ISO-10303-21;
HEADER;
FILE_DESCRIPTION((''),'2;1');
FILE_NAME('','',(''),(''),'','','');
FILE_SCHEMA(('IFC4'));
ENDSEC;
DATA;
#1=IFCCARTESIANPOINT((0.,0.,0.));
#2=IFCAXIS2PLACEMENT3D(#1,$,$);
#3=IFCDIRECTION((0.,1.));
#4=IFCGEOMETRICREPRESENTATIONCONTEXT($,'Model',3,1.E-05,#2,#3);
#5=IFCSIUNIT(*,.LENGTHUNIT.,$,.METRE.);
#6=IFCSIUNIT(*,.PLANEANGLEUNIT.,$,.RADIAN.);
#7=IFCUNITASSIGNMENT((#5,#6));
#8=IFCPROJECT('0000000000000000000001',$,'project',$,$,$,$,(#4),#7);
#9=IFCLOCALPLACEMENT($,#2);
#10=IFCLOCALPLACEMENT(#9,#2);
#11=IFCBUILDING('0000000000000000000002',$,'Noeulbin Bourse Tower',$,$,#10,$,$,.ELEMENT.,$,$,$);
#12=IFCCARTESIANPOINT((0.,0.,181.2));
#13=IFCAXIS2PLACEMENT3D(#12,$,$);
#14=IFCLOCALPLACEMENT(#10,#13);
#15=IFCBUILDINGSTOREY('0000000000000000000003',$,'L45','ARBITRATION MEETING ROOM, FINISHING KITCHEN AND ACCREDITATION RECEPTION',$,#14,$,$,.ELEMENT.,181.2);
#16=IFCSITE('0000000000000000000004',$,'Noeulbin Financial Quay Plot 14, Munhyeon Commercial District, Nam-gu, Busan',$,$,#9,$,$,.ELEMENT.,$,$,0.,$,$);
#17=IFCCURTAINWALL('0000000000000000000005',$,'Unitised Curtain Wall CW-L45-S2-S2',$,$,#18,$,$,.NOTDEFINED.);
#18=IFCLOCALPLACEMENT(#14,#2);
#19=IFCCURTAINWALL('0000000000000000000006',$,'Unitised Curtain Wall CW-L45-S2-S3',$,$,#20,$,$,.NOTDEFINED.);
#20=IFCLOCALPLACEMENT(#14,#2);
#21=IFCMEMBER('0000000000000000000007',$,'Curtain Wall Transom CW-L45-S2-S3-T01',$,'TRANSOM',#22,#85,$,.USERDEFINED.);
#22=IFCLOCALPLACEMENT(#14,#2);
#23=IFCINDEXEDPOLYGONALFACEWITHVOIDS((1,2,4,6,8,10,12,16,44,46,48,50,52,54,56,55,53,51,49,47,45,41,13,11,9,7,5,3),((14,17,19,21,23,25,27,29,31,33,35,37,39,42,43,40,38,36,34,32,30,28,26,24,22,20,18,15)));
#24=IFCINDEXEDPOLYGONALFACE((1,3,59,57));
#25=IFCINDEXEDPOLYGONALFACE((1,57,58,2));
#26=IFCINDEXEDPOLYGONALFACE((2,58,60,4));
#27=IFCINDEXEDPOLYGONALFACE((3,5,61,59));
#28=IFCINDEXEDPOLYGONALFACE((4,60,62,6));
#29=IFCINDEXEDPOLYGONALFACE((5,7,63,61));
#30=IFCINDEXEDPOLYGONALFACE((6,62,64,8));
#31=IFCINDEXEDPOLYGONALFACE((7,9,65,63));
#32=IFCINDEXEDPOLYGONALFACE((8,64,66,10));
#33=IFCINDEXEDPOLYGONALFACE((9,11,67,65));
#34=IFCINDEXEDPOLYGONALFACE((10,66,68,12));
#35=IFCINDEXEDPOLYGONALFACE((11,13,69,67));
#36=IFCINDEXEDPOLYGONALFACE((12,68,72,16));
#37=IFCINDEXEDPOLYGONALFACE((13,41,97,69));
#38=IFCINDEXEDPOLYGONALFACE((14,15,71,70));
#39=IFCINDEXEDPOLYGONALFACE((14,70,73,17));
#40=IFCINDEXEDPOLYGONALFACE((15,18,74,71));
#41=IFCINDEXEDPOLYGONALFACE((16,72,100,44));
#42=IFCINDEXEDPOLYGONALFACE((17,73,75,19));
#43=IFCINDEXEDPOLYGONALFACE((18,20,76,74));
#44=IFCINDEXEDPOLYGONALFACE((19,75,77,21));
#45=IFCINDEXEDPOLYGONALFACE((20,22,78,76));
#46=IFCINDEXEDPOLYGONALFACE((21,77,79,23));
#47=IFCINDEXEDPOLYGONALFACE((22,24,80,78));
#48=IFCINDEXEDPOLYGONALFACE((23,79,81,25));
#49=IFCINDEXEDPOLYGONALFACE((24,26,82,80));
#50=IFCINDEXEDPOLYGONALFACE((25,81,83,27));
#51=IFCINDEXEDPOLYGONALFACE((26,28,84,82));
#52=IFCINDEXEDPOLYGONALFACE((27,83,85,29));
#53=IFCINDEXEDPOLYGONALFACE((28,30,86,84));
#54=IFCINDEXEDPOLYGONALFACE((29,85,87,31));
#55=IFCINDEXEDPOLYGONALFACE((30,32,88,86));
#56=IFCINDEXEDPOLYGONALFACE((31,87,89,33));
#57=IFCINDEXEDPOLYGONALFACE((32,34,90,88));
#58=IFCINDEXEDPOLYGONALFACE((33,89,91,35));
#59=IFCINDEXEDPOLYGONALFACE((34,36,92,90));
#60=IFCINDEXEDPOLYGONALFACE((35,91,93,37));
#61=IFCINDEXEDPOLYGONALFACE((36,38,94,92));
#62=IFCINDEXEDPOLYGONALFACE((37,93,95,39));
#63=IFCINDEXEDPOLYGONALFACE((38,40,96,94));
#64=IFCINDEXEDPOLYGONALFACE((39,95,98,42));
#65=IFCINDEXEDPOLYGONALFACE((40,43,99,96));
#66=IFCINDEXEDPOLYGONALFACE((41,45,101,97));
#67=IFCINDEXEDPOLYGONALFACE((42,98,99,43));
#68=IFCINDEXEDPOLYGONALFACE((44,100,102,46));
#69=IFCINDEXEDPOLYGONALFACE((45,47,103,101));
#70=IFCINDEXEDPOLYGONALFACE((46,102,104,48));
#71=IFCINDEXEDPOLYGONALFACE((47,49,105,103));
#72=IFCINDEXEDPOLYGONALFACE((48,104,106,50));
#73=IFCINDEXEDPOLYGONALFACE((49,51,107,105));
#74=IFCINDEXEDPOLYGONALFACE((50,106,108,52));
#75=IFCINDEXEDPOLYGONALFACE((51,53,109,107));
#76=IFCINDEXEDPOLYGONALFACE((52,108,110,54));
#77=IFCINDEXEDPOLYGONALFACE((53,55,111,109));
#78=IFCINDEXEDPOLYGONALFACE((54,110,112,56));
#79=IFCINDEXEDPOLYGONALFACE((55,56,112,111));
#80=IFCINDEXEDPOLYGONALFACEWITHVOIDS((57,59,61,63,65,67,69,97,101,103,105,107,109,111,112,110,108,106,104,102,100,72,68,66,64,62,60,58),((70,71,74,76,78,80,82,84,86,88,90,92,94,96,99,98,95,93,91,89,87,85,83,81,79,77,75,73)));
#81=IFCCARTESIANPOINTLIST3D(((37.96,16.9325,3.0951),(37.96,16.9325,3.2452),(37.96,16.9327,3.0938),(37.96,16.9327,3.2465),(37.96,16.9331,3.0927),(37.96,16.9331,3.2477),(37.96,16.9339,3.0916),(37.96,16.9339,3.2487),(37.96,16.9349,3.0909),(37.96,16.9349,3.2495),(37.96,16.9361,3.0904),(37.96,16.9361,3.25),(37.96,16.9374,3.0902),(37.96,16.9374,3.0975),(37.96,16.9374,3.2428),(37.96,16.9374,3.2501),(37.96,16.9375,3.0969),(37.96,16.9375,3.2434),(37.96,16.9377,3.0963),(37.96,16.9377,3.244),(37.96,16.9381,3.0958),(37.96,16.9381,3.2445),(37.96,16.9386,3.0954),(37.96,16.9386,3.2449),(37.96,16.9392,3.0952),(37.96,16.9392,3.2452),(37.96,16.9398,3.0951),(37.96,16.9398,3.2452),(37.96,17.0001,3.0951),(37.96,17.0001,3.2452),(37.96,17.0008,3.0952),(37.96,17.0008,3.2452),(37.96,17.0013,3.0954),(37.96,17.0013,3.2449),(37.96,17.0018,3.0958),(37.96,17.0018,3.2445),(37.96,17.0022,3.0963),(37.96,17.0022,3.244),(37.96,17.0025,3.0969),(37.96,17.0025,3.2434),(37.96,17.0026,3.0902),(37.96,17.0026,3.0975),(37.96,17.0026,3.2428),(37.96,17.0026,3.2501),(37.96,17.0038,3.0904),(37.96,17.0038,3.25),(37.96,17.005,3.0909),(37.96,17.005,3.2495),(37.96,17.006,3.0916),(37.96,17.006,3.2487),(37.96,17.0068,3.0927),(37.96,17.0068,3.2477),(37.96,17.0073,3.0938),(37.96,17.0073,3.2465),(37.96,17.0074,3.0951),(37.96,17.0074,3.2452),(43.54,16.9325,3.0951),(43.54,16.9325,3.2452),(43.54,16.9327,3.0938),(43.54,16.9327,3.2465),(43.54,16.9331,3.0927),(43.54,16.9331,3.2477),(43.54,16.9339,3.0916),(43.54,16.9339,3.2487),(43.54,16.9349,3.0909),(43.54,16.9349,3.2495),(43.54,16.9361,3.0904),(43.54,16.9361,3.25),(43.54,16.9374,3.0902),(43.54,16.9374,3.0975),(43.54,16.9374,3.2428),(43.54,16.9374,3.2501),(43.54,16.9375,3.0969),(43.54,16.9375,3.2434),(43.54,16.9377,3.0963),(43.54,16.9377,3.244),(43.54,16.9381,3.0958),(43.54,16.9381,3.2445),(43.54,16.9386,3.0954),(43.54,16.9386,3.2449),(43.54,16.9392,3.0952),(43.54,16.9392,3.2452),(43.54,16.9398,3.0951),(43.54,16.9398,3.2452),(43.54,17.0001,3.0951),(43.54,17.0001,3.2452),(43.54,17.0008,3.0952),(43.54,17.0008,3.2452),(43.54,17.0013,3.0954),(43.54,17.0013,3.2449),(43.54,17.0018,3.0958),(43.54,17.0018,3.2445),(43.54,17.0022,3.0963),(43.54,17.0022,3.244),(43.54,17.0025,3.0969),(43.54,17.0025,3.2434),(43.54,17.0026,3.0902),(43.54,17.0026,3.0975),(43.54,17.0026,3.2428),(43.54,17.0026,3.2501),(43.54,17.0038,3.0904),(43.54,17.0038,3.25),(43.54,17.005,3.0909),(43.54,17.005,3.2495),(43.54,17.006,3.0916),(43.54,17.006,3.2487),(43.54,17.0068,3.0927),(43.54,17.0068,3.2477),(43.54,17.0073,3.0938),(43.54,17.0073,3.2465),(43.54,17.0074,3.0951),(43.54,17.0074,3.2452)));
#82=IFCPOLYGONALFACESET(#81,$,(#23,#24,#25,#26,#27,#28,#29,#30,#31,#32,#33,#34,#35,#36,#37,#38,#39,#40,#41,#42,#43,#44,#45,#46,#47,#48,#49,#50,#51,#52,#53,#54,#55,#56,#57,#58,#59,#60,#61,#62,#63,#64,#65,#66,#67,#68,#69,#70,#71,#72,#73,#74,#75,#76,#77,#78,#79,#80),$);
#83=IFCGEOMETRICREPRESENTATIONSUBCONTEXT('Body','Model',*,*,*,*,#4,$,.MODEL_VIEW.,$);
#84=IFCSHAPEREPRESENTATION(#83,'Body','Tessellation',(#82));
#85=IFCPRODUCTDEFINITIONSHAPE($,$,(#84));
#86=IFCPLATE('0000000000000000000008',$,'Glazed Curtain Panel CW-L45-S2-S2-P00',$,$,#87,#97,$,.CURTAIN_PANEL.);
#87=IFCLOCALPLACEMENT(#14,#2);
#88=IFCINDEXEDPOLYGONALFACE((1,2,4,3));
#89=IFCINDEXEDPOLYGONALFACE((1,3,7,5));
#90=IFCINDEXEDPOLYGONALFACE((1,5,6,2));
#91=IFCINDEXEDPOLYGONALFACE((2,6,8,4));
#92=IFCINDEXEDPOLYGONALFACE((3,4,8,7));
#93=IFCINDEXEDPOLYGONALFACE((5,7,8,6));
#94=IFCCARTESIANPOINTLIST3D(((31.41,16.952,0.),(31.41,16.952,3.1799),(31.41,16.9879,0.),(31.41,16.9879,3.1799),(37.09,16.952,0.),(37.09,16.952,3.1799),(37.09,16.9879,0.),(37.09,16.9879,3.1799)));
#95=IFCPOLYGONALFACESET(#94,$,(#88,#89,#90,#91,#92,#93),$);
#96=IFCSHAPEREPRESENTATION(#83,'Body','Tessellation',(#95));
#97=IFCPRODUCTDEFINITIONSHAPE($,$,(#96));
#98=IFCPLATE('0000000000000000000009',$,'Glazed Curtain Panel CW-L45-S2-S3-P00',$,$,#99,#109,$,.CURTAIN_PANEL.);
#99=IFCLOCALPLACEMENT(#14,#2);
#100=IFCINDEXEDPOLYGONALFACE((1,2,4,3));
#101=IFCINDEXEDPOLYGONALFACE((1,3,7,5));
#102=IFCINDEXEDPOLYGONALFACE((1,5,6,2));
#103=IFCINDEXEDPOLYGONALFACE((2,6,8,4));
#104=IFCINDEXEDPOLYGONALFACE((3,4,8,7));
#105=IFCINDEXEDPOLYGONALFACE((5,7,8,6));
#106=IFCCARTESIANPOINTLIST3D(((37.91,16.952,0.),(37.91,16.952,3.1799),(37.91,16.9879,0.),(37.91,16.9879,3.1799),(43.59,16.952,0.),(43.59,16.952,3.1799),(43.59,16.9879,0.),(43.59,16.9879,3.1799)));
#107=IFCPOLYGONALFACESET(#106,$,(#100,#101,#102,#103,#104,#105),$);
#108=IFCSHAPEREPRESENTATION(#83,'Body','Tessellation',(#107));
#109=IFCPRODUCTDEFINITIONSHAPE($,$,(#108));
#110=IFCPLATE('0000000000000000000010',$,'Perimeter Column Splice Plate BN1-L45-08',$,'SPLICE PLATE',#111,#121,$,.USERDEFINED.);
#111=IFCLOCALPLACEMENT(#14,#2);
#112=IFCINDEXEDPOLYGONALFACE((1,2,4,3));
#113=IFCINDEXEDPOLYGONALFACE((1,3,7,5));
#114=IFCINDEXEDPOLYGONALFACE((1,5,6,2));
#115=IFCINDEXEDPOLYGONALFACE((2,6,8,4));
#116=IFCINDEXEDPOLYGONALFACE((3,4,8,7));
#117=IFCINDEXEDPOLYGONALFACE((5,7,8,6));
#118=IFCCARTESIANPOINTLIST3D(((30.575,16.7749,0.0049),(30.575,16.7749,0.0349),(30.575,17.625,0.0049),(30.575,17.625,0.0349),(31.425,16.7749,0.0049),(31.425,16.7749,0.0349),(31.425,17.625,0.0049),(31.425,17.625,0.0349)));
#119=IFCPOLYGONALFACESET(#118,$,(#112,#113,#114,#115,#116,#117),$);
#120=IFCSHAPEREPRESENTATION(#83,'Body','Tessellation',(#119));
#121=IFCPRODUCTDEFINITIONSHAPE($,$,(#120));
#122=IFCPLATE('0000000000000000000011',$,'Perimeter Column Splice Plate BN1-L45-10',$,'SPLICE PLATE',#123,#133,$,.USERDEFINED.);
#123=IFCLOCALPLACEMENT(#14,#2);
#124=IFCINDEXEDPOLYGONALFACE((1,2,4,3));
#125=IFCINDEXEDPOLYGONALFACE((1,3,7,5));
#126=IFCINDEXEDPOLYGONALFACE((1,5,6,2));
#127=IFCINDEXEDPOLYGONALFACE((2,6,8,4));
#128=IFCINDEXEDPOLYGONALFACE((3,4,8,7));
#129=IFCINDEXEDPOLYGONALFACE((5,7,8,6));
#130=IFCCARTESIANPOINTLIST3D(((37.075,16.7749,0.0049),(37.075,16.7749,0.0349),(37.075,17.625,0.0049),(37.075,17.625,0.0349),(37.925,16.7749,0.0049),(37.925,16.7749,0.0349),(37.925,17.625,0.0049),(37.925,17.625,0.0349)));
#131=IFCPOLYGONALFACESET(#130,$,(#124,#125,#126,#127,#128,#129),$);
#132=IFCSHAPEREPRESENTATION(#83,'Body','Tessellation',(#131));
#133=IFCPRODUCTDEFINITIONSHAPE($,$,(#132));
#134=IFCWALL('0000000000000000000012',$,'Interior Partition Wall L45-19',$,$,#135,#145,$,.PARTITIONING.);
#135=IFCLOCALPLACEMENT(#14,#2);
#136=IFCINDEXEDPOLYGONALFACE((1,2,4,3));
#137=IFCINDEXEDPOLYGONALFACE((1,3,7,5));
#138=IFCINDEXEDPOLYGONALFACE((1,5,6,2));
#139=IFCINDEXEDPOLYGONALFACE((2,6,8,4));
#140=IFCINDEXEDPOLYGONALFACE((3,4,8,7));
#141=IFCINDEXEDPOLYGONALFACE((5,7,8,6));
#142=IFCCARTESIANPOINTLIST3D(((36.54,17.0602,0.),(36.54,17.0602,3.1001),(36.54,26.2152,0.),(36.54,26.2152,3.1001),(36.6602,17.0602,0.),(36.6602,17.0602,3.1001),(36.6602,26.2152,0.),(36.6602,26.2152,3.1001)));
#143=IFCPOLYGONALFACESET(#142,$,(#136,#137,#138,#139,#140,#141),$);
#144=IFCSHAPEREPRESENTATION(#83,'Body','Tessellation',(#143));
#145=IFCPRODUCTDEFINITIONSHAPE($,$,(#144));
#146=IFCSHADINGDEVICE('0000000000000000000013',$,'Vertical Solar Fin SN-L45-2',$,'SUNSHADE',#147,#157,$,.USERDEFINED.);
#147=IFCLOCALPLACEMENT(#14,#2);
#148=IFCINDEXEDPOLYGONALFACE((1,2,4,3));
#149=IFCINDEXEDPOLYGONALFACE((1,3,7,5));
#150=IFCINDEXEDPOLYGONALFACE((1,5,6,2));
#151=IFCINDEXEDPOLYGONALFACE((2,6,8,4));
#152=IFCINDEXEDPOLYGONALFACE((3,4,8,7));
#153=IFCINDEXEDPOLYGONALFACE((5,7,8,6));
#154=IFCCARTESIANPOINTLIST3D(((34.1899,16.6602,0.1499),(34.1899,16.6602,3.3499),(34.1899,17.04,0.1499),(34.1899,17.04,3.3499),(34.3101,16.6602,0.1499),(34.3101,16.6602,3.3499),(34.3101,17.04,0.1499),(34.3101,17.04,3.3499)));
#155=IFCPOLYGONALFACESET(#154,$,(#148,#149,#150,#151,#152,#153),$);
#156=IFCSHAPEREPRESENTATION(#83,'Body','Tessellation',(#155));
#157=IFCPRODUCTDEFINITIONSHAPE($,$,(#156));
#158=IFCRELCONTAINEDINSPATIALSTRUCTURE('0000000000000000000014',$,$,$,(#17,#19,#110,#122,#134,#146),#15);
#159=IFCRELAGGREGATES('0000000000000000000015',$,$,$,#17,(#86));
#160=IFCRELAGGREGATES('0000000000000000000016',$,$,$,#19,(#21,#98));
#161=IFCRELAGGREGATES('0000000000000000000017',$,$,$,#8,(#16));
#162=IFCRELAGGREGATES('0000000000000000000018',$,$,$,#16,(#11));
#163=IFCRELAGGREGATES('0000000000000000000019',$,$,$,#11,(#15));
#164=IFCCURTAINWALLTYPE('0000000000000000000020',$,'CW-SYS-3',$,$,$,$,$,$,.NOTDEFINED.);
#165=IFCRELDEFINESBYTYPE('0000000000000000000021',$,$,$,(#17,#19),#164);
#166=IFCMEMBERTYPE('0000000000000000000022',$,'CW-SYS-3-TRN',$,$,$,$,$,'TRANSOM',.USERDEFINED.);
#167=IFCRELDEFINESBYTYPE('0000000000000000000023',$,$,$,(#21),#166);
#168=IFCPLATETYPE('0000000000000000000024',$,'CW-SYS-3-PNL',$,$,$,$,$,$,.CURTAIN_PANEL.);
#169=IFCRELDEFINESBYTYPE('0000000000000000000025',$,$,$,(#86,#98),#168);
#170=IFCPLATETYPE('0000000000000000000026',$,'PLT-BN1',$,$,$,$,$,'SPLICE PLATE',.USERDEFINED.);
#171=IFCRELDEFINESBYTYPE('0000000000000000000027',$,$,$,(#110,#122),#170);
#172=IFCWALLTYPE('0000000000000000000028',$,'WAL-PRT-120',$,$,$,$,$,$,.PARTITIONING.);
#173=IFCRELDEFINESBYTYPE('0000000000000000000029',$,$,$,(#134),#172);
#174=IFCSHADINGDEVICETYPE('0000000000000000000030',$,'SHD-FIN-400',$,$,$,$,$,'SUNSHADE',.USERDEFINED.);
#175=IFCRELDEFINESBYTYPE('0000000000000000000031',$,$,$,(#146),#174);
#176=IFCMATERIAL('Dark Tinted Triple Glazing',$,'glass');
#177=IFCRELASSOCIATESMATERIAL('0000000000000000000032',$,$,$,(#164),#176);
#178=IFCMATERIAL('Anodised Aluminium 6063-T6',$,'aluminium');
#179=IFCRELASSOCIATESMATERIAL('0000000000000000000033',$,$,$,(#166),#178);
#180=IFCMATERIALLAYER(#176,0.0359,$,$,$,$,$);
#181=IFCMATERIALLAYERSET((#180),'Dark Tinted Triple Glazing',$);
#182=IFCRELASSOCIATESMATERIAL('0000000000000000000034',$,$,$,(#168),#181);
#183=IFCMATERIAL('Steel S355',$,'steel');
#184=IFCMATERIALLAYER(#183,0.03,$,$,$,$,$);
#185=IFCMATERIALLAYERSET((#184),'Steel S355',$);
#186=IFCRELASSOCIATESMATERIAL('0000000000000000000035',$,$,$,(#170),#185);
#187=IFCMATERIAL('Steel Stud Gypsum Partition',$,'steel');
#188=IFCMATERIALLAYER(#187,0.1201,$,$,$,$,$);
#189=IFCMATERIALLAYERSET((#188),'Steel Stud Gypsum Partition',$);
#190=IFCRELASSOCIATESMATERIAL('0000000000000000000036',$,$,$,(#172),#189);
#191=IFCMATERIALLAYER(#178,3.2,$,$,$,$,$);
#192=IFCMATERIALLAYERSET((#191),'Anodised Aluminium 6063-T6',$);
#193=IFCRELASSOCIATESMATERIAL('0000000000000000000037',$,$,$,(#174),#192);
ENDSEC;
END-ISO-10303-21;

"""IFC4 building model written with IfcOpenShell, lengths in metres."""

from ifc_helpers import new_model, si_unit, direction, frame, frame_2d, origin, origin_2d, place, context, subcontext, project, spatial, rectangle, hollow_rectangle, extrude, material, layer, layer_set, material_profile, profile_set, type_object, element, aggregate, save


model = new_model("IFC4")

# Units and contexts
model_context = context("Model", 3, precision=1e-05, world=origin(), true_north=direction((0.0, 1.0)))
body_context = subcontext(model_context, "Body", "Model", "MODEL_VIEW")
ifc_project = project(units=[si_unit("LENGTHUNIT", "METRE"), si_unit("PLANEANGLEUNIT", "RADIAN")], contexts=[model_context])

# Site, building, storey
site_placement = place(None, origin())
site = spatial("IfcSite", under=ifc_project, at=site_placement, Name="Noeulbin Financial Quay Plot 14, Munhyeon Commercial District, Nam-gu, Busan", CompositionType="ELEMENT", RefElevation=0.0)
building_placement = place(site_placement, origin())
building = spatial("IfcBuilding", under=site, at=building_placement, Name="Noeulbin Bourse Tower", CompositionType="ELEMENT")
storey_placement = place(building_placement, frame((0.0, 0.0, 181.2)))
storey = spatial("IfcBuildingStorey", under=building, at=storey_placement, Name="L45", Description="ARBITRATION MEETING ROOM, FINISHING KITCHEN AND ACCREDITATION RECEPTION", CompositionType="ELEMENT", Elevation=181.2)

# Shared definitions
ifc_material_1 = material(Name="Steel S355", Category="steel")

# Curtain wall
ifc_material_2 = material(Name="Dark Tinted Triple Glazing", Category="glass")
curtain_wall_type = type_object("IfcCurtainWallType", Name="CW-SYS-3", PredefinedType="NOTDEFINED", material=ifc_material_2)
curtain_wall_1_placement = place(storey_placement, origin())
curtain_wall_1 = element("IfcCurtainWall", 1, at=curtain_wall_1_placement, inside=storey, type_object=curtain_wall_type, Name="Unitised Curtain Wall CW-L45-S2-S2", PredefinedType="NOTDEFINED")
ifc_material_3 = material(Name="Anodised Aluminium 6063-T6", Category="aluminium")

# Curtain wall
curtain_wall_2_placement = place(storey_placement, origin())
curtain_wall_2 = element("IfcCurtainWall", 2, at=curtain_wall_2_placement, inside=storey, type_object=curtain_wall_type, Name="Unitised Curtain Wall CW-L45-S2-S3", PredefinedType="NOTDEFINED")

# Member
ifc_material_profile_1 = material_profile(ifc_material_3, hollow_rectangle(XDim=0.075, YDim=0.1599, WallThickness=0.0049, InnerFilletRadius=0.0024, OuterFilletRadius=0.0049, at=origin_2d()), Name="ALU-TRAN-75x160x5", Category="LoadBearing")
ifc_profile_set_1 = profile_set([ifc_material_profile_1], Name="Anodised Aluminium 6063-T6")
member_type_1 = type_object("IfcMemberType", Name="CW-SYS-3-TRN", ElementType="TRANSOM", PredefinedType="USERDEFINED", material=ifc_profile_set_1)
member_1_placement = place(storey_placement, frame((37.96, 16.97, 3.1702), z_axis=(1.0, 0.0, 0.0), x_axis=(0.0, 1.0, 0.0)))
member_1 = element("IfcMember", 3, at=member_1_placement, type_object=member_type_1, Name="Curtain Wall Transom CW-L45-S2-S3-T01", ObjectType="TRANSOM", PredefinedType="USERDEFINED", context=body_context, shape_type="SweptSolid", body=[
    extrude(hollow_rectangle(XDim=0.075, YDim=0.1599, WallThickness=0.0049, InnerFilletRadius=0.0024, OuterFilletRadius=0.0049, at=origin_2d()), origin(), (0.0, 0.0, 1.0), 5.5801),
])

# Plates
ifc_layer_1 = layer(ifc_material_2, 0.0359)
ifc_layer_set_1 = layer_set([ifc_layer_1], Name="Dark Tinted Triple Glazing")
plate_type_1 = type_object("IfcPlateType", Name="CW-SYS-3-PNL", PredefinedType="CURTAIN_PANEL", material=ifc_layer_set_1)
plate_1_placement = place(storey_placement, frame((34.25, 16.97, 0.0), z_axis=(0.0, 0.0, 1.0), x_axis=(1.0, 0.0, 0.0)))
plate_1 = element("IfcPlate", 4, at=plate_1_placement, type_object=plate_type_1, Name="Glazed Curtain Panel CW-L45-S2-S2-P00", PredefinedType="CURTAIN_PANEL", context=body_context, shape_type="SweptSolid", body=[
    extrude(rectangle(XDim=5.6799, YDim=0.0359, at=origin_2d()), origin(), (0.0, 0.0, 1.0), 3.1799),
])
aggregate(curtain_wall_1, [plate_1])
plate_2_placement = place(storey_placement, frame((40.75, 16.97, 0.0), z_axis=(0.0, 0.0, 1.0), x_axis=(1.0, 0.0, 0.0)))
plate_2 = element("IfcPlate", 5, at=plate_2_placement, type_object=plate_type_1, Name="Glazed Curtain Panel CW-L45-S2-S3-P00", PredefinedType="CURTAIN_PANEL", context=body_context, shape_type="SweptSolid", body=[
    extrude(rectangle(XDim=5.6799, YDim=0.0359, at=origin_2d()), origin(), (0.0, 0.0, 1.0), 3.1799),
])
aggregate(curtain_wall_2, [member_1, plate_2])

# Plates
ifc_layer_2 = layer(ifc_material_1, 0.03)
ifc_layer_set_2 = layer_set([ifc_layer_2], Name="Steel S355")
plate_type_2 = type_object("IfcPlateType", Name="PLT-BN1", ElementType="SPLICE PLATE", PredefinedType="USERDEFINED", material=ifc_layer_set_2)
for number, where, z_axis, x_axis, name in (
    (6, (31.0, 17.2, 0.0049), (0.0, 0.0, 1.0), (1.0, 0.0, 0.0), "Perimeter Column Splice Plate BN1-L45-08"),
    (7, (37.5, 17.2, 0.0049), (0.0, 0.0, 1.0), (1.0, 0.0, 0.0), "Perimeter Column Splice Plate BN1-L45-10"),
):
    element("IfcPlate", number, at=place(storey_placement, frame(where, z_axis=z_axis, x_axis=x_axis)), inside=storey, type_object=plate_type_2, Name=name, ObjectType="SPLICE PLATE", PredefinedType="USERDEFINED", context=body_context, shape_type="SweptSolid", body=[
        extrude(rectangle(XDim=0.8501, YDim=0.8501, at=origin_2d()), origin(), (0.0, 0.0, 1.0), 0.03),
    ])

# Wall
ifc_material_4 = material(Name="Steel Stud Gypsum Partition", Category="steel")
ifc_layer_3 = layer(ifc_material_4, 0.1201)
ifc_layer_set_3 = layer_set([ifc_layer_3], Name="Steel Stud Gypsum Partition")
wall_type = type_object("IfcWallType", Name="WAL-PRT-120", PredefinedType="PARTITIONING", material=ifc_layer_set_3)
wall_placement = place(storey_placement, frame((36.6001, 17.0601, 0.0), z_axis=(0.0, 0.0, 1.0), x_axis=(0.0, 1.0, 0.0)))
element("IfcWall", 8, at=wall_placement, inside=storey, type_object=wall_type, Name="Interior Partition Wall L45-19", PredefinedType="PARTITIONING", context=body_context, shape_type="SweptSolid", body=[
    extrude(rectangle(XDim=9.155, YDim=0.1201, at=frame_2d((4.5776, 0.0))), origin(), (0.0, 0.0, 1.0), 3.1001),
])

# Shading device
ifc_layer_4 = layer(ifc_material_3, 3.2)
ifc_layer_set_4 = layer_set([ifc_layer_4], Name="Anodised Aluminium 6063-T6")
shading_device_type = type_object("IfcShadingDeviceType", Name="SHD-FIN-400", ElementType="SUNSHADE", PredefinedType="USERDEFINED", material=ifc_layer_set_4)
shading_device_placement = place(storey_placement, frame((34.25, 16.8501, 0.1499), z_axis=(0.0, 0.0, 1.0), x_axis=(1.0, 0.0, 0.0)))
element("IfcShadingDevice", 9, at=shading_device_placement, inside=storey, type_object=shading_device_type, Name="Vertical Solar Fin SN-L45-2", ObjectType="SUNSHADE", PredefinedType="USERDEFINED", context=body_context, shape_type="SweptSolid", body=[
    extrude(rectangle(XDim=0.1201, YDim=0.3799, at=origin_2d()), origin(), (0.0, 0.0, 1.0), 3.2),
])

save(model, "model.ifc")
